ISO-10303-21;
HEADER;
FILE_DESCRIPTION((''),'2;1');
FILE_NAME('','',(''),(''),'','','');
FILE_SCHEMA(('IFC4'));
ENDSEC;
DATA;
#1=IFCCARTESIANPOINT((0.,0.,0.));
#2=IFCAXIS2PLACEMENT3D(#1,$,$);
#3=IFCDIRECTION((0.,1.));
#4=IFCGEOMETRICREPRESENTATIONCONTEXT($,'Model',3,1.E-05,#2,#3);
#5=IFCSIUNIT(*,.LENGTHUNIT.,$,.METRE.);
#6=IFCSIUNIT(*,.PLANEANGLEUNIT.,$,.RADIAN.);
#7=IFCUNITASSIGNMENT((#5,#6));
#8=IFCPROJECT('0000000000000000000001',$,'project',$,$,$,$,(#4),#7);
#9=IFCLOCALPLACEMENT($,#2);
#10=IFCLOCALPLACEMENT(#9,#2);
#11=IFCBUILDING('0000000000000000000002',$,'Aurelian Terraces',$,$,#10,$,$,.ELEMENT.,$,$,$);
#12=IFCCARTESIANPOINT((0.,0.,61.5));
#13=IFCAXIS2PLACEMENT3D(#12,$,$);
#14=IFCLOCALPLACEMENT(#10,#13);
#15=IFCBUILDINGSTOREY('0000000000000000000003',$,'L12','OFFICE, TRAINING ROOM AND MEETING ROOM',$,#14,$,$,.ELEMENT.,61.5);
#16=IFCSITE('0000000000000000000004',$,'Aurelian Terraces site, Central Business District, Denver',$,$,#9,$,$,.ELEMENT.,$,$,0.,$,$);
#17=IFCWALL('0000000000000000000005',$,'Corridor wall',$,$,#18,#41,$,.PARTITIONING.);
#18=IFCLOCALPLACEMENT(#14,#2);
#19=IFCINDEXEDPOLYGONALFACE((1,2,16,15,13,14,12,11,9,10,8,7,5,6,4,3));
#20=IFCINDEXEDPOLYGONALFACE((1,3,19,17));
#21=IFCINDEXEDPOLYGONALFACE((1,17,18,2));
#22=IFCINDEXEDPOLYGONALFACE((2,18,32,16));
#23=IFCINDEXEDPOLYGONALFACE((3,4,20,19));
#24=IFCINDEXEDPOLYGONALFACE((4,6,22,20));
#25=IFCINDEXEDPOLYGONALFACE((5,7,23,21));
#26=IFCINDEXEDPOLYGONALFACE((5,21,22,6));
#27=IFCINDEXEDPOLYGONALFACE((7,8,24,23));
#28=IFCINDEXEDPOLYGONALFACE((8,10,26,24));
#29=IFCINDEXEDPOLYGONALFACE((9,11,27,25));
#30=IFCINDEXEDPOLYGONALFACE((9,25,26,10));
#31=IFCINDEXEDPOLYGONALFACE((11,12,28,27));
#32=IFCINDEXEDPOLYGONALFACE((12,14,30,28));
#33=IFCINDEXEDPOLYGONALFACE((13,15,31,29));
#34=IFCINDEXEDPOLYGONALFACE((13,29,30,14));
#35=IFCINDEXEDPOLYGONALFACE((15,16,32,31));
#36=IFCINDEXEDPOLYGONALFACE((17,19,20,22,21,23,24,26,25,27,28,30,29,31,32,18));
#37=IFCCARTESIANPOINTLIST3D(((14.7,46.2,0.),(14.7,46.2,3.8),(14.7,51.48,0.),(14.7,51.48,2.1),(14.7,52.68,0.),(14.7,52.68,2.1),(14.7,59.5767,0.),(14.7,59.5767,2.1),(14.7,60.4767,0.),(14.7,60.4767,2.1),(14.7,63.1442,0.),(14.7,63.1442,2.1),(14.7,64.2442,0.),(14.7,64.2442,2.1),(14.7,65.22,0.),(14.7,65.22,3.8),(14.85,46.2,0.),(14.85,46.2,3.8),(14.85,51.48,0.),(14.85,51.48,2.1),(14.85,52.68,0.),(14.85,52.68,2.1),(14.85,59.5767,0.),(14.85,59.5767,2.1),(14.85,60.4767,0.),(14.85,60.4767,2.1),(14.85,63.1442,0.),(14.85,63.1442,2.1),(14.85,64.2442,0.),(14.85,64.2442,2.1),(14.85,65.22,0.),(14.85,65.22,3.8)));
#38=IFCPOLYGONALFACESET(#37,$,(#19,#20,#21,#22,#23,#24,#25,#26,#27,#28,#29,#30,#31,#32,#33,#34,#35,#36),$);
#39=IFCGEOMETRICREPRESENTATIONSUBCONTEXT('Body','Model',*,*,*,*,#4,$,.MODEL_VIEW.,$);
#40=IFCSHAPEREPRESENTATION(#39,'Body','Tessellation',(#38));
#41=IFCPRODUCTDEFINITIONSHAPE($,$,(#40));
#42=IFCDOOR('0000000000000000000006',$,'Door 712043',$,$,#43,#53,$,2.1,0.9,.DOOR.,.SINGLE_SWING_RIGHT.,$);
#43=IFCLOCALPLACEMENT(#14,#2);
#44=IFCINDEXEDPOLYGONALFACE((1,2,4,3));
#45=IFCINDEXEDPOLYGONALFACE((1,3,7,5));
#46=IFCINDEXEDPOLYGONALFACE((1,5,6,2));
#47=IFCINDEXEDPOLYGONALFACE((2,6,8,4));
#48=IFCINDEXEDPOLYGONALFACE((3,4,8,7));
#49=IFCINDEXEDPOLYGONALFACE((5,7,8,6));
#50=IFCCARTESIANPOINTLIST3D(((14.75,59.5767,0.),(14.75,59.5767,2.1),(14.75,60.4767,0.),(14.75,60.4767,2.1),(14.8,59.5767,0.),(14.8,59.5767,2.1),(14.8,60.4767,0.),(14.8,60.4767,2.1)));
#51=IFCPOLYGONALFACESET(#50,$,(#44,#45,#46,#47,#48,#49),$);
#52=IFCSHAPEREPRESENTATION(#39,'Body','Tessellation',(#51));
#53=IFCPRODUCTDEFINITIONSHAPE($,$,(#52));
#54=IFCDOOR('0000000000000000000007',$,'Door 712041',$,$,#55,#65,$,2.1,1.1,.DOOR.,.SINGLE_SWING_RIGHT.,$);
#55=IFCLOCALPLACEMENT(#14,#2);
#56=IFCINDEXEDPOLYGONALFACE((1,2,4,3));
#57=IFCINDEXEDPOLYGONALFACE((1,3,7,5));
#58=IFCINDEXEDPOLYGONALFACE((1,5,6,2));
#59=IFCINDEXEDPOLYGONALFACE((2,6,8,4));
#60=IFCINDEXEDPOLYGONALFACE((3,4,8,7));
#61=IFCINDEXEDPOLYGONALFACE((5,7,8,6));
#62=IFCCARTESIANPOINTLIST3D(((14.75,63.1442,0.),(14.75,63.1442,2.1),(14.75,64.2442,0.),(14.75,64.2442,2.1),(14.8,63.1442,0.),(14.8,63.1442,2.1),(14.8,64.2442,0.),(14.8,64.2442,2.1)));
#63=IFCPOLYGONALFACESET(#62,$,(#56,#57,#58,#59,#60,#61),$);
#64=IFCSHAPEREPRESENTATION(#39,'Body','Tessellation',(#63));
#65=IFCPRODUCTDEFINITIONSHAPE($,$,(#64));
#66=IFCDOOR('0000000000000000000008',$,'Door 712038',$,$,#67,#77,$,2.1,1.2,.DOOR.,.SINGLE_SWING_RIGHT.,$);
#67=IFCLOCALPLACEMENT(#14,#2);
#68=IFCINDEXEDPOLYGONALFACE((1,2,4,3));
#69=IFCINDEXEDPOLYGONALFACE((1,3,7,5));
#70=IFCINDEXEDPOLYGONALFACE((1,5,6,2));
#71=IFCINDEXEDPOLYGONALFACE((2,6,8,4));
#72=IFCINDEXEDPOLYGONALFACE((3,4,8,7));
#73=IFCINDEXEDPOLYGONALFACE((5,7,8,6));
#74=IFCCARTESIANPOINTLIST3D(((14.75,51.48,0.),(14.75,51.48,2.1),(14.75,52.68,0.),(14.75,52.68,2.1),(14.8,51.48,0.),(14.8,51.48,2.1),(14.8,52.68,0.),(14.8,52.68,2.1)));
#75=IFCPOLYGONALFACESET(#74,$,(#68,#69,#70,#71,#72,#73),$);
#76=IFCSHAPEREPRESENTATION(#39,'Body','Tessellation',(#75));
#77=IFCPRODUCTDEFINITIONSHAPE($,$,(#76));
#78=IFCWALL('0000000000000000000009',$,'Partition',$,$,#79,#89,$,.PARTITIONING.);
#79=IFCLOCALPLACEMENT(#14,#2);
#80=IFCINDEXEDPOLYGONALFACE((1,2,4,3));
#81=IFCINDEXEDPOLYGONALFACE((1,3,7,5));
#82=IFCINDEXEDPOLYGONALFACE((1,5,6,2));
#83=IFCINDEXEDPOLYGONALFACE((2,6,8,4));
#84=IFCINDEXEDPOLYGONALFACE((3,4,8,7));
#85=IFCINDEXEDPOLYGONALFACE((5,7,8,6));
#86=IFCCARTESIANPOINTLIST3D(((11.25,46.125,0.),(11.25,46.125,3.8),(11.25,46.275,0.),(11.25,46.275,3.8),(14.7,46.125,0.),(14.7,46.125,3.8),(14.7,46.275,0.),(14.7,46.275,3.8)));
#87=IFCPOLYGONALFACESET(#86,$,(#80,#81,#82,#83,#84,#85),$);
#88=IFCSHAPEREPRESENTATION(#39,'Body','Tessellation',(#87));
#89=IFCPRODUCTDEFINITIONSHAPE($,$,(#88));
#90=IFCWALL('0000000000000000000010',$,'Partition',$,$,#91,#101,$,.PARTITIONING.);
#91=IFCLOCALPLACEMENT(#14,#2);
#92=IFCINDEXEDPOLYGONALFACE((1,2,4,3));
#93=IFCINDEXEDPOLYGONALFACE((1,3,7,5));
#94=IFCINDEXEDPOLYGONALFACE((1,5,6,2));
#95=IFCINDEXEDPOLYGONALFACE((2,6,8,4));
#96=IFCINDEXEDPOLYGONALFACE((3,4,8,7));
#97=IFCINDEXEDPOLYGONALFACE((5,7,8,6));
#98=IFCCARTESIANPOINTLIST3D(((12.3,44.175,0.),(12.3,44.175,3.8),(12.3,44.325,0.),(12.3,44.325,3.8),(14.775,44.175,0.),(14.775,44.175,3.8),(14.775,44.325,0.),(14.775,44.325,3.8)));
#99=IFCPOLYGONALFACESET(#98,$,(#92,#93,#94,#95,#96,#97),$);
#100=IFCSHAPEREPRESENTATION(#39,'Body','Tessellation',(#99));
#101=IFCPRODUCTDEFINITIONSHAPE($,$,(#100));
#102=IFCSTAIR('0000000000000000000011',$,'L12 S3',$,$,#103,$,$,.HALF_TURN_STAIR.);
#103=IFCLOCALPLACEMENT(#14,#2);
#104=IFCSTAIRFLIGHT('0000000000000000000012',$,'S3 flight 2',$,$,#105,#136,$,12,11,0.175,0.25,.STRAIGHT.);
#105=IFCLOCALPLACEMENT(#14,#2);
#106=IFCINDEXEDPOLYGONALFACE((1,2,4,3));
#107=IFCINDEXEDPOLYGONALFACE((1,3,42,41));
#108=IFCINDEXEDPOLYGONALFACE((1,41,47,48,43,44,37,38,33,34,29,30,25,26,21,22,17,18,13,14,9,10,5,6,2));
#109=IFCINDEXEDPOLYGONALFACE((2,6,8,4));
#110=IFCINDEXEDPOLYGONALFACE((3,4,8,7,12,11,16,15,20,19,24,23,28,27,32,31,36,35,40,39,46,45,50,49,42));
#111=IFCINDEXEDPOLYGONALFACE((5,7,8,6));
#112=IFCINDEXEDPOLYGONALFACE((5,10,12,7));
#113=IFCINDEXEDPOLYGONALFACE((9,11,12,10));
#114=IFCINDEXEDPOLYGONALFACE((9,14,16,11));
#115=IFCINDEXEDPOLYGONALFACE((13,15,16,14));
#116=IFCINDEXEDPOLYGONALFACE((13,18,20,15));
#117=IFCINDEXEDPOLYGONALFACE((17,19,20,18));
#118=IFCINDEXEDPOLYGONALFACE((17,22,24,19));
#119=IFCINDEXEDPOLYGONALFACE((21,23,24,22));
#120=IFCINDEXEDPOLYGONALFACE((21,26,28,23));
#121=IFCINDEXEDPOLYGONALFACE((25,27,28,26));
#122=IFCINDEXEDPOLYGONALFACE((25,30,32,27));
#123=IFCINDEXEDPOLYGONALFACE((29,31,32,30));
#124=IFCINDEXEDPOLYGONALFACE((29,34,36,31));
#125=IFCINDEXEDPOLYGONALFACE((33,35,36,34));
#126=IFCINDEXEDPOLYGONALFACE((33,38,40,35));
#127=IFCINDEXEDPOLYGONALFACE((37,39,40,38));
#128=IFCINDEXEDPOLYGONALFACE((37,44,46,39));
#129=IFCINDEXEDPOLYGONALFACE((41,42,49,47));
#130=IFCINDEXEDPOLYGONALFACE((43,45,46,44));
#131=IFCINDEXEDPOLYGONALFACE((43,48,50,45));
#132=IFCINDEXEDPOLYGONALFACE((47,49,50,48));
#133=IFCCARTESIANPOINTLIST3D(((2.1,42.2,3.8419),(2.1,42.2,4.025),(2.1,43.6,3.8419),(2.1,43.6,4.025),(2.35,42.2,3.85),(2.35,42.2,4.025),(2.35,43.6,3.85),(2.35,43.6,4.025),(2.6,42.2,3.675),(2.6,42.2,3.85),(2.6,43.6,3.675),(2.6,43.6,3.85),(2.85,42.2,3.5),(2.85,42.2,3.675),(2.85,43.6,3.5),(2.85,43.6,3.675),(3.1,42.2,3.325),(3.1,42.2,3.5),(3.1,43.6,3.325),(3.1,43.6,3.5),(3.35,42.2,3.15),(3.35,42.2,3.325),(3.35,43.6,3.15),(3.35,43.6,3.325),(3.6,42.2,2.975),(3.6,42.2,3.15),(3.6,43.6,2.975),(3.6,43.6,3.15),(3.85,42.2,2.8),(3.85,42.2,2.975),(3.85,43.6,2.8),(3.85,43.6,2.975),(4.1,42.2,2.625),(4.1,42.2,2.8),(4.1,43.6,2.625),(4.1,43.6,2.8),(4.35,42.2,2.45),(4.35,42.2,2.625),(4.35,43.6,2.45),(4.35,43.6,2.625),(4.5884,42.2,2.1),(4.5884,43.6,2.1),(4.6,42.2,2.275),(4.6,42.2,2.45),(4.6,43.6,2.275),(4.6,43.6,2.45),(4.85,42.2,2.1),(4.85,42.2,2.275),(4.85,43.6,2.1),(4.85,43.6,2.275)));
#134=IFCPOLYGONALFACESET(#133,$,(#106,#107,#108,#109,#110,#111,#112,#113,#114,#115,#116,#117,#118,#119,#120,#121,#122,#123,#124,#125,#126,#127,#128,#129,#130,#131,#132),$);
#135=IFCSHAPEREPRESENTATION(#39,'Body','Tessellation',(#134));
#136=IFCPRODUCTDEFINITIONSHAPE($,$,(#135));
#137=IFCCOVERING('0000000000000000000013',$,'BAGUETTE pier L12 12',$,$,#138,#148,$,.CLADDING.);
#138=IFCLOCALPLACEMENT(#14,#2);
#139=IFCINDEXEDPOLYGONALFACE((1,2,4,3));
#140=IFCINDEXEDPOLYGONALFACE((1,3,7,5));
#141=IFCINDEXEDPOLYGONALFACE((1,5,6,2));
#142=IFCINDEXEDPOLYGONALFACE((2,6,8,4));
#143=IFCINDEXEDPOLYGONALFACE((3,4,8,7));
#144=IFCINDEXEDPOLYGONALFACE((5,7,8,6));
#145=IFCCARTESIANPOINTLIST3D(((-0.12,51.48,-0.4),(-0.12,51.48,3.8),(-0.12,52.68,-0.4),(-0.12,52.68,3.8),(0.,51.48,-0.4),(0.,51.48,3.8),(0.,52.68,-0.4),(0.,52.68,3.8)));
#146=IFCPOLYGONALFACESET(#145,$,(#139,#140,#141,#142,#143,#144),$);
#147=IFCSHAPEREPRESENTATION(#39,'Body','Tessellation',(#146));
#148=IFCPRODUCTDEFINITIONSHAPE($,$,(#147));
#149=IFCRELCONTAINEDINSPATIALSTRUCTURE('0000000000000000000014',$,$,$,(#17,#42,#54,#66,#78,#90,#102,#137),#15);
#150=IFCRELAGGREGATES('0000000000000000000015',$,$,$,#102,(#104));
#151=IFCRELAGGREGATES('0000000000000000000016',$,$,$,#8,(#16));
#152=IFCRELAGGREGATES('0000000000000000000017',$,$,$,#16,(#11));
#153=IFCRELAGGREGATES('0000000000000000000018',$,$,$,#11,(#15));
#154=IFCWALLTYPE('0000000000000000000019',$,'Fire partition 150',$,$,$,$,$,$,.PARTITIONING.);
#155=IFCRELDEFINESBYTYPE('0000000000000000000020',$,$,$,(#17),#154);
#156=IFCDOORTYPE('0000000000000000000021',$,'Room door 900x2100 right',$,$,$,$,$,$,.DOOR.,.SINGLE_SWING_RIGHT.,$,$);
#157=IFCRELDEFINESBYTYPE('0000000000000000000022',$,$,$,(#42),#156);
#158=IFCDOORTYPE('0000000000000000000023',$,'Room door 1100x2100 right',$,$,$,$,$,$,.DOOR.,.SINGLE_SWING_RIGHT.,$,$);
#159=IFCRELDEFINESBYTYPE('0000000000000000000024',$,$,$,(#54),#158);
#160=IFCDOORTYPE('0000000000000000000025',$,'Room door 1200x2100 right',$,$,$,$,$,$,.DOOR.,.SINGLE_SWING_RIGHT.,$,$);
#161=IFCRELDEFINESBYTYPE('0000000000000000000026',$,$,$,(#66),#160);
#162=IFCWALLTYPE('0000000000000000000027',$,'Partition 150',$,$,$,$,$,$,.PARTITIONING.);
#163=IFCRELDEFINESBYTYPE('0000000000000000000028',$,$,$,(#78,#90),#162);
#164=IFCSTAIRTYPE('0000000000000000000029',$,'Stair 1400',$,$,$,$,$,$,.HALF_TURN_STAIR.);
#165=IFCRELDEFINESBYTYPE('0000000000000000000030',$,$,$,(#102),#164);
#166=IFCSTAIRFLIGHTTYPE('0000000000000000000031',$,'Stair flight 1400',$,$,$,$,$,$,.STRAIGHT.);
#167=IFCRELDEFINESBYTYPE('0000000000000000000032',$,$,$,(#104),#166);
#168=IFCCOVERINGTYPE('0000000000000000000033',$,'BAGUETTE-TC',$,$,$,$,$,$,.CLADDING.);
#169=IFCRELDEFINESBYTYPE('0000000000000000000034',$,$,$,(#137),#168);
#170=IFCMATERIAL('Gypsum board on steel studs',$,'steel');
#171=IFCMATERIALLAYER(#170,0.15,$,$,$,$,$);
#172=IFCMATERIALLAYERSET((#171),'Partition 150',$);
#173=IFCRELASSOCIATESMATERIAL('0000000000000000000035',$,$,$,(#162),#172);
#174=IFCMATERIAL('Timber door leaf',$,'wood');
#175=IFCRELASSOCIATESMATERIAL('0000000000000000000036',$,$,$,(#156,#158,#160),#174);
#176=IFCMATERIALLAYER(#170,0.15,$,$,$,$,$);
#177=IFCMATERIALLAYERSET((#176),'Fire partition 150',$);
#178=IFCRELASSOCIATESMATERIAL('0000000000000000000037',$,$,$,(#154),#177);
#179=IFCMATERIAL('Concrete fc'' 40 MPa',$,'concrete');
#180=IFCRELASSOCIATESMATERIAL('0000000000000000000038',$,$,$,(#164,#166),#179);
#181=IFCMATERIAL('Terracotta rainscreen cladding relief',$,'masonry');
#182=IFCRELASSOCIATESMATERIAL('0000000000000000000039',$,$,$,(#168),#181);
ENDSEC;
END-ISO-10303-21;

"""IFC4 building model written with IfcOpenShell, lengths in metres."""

from ifc_helpers import new_model, si_unit, direction, frame, frame_2d, origin, origin_2d, place, context, subcontext, project, spatial, polyline, rectangle, outline, extrude, source, transform, mapped, material, layer, layer_set, type_object, element, fill, aggregate, save


model = new_model("IFC4")

# Units and contexts
model_context = context("Model", 3, precision=1e-05, world=origin(), true_north=direction((0.0, 1.0)))
body_context = subcontext(model_context, "Body", "Model", "MODEL_VIEW")
ifc_project = project(units=[si_unit("LENGTHUNIT", "METRE"), si_unit("PLANEANGLEUNIT", "RADIAN")], contexts=[model_context])

# Site, building, storey
site_placement = place(None, origin())
site = spatial("IfcSite", under=ifc_project, at=site_placement, Name="Aurelian Terraces site, Central Business District, Denver", CompositionType="ELEMENT", RefElevation=0.0)
building_placement = place(site_placement, origin())
building = spatial("IfcBuilding", under=site, at=building_placement, Name="Aurelian Terraces", CompositionType="ELEMENT")
storey_placement = place(building_placement, frame((0.0, 0.0, 61.5)))
storey = spatial("IfcBuildingStorey", under=building, at=storey_placement, Name="L12", Description="OFFICE, TRAINING ROOM AND MEETING ROOM", CompositionType="ELEMENT", Elevation=61.5)

# Shared definitions
ifc_material_1 = material(Name="Concrete fc' 40 MPa", Category="concrete")

# Shared definitions
ifc_material_2 = material(Name="Gypsum board on steel studs", Category="steel")
ifc_layer_1 = layer(ifc_material_2, 0.15)
ifc_layer_set_1 = layer_set([ifc_layer_1], Name="Partition 150")
wall_type_1 = type_object("IfcWallType", Name="Partition 150", PredefinedType="PARTITIONING", material=ifc_layer_set_1)

# Shared definitions
shared_shape_1 = source(origin(), body_context, "Body", "SweptSolid", [
    extrude(rectangle(XDim=0.9, YDim=2.1, at=frame_2d((0.45, 1.05))), frame((0.0, 0.085, 0.0), z_axis=(0.0, -1.0, 0.0), x_axis=(1.0, 0.0, 0.0)), (0.0, 0.0, 1.0), 0.17),
])
ifc_material_3 = material(Name="Timber door leaf", Category="wood")
shared_shape_2 = source(origin(), body_context, "Body", "SweptSolid", [
    extrude(rectangle(XDim=0.9, YDim=2.1, at=frame_2d((0.45, 1.05))), frame((0.0, 0.025, 0.0), z_axis=(0.0, -1.0, 0.0), x_axis=(1.0, 0.0, 0.0)), (0.0, 0.0, 1.0), 0.05),
])

# Wall, openings, doors
shared_shape_3 = source(origin(), body_context, "Body", "SweptSolid", [
    extrude(rectangle(XDim=19.02, YDim=0.15, at=frame_2d((9.51, 0.0))), origin(), (0.0, 0.0, 1.0), 3.8),
])
door_type_1 = type_object("IfcDoorType", Name="Room door 900x2100 right", OperationType="SINGLE_SWING_RIGHT", PredefinedType="DOOR", material=ifc_material_3)
ifc_layer_2 = layer(ifc_material_2, 0.15)
ifc_layer_set_2 = layer_set([ifc_layer_2], Name="Fire partition 150")
wall_type_2 = type_object("IfcWallType", Name="Fire partition 150", PredefinedType="PARTITIONING", material=ifc_layer_set_2)
wall_1_placement = place(storey_placement, frame((14.775, 46.2, 0.0), z_axis=(0.0, 0.0, 1.0), x_axis=(0.0, 1.0, 0.0)))
wall_1 = element("IfcWall", 1, at=wall_1_placement, inside=storey, type_object=wall_type_2, Name="Corridor wall", PredefinedType="PARTITIONING", context=body_context, shape_type="MappedRepresentation", body=[
    mapped(shared_shape_3, transform((0.0, 0.0, 0.0), scale=1.0)),
])
shared_shape_4 = source(origin(), body_context, "Body", "SweptSolid", [
    extrude(rectangle(XDim=1.2, YDim=2.1, at=frame_2d((0.6, 1.05))), frame((0.0, 0.085, 0.0), z_axis=(0.0, -1.0, 0.0), x_axis=(1.0, 0.0, 0.0)), (0.0, 0.0, 1.0), 0.17),
])
opening_1_placement = place(wall_1_placement, frame((5.28, 0.0, 0.0)))
opening_1 = element("IfcOpeningElement", 2, at=opening_1_placement, cuts=wall_1, PredefinedType="OPENING", context=body_context, shape_type="MappedRepresentation", body=[
    mapped(shared_shape_4, transform((0.0, 0.0, 0.0), scale=1.0)),
])
shared_shape_5 = source(origin(), body_context, "Body", "SweptSolid", [
    extrude(rectangle(XDim=1.1, YDim=2.1, at=frame_2d((0.55, 1.05))), frame((0.0, 0.085, 0.0), z_axis=(0.0, -1.0, 0.0), x_axis=(1.0, 0.0, 0.0)), (0.0, 0.0, 1.0), 0.17),
])
opening_2_placement = place(wall_1_placement, frame((16.9442, 0.0, 0.0)))
opening_2 = element("IfcOpeningElement", 3, at=opening_2_placement, cuts=wall_1, PredefinedType="OPENING", context=body_context, shape_type="MappedRepresentation", body=[
    mapped(shared_shape_5, transform((0.0, 0.0, 0.0), scale=1.0)),
])
opening_3_placement = place(wall_1_placement, frame((13.3767, 0.0, 0.0)))
opening_3 = element("IfcOpeningElement", 4, at=opening_3_placement, cuts=wall_1, PredefinedType="OPENING", context=body_context, shape_type="MappedRepresentation", body=[
    mapped(shared_shape_1, transform((0.0, 0.0, 0.0), scale=1.0)),
])
door_1_placement = place(opening_3_placement, origin())
door_1 = element("IfcDoor", 5, at=door_1_placement, inside=storey, type_object=door_type_1, Name="Door 712043", OperationType="SINGLE_SWING_RIGHT", OverallHeight=2.1, OverallWidth=0.9, PredefinedType="DOOR", context=body_context, shape_type="MappedRepresentation", body=[
    mapped(shared_shape_2, transform((0.0, 0.0, 0.0), scale=1.0)),
])
fill(opening_3, door_1)
door_type_2 = type_object("IfcDoorType", Name="Room door 1100x2100 right", OperationType="SINGLE_SWING_RIGHT", PredefinedType="DOOR", material=ifc_material_3)
shared_shape_6 = source(origin(), body_context, "Body", "SweptSolid", [
    extrude(rectangle(XDim=1.1, YDim=2.1, at=frame_2d((0.55, 1.05))), frame((0.0, 0.025, 0.0), z_axis=(0.0, -1.0, 0.0), x_axis=(1.0, 0.0, 0.0)), (0.0, 0.0, 1.0), 0.05),
])
door_2_placement = place(opening_2_placement, origin())
door_2 = element("IfcDoor", 6, at=door_2_placement, inside=storey, type_object=door_type_2, Name="Door 712041", OperationType="SINGLE_SWING_RIGHT", OverallHeight=2.1, OverallWidth=1.1, PredefinedType="DOOR", context=body_context, shape_type="MappedRepresentation", body=[
    mapped(shared_shape_6, transform((0.0, 0.0, 0.0), scale=1.0)),
])
fill(opening_2, door_2)
door_type_3 = type_object("IfcDoorType", Name="Room door 1200x2100 right", OperationType="SINGLE_SWING_RIGHT", PredefinedType="DOOR", material=ifc_material_3)
shared_shape_7 = source(origin(), body_context, "Body", "SweptSolid", [
    extrude(rectangle(XDim=1.2, YDim=2.1, at=frame_2d((0.6, 1.05))), frame((0.0, 0.025, 0.0), z_axis=(0.0, -1.0, 0.0), x_axis=(1.0, 0.0, 0.0)), (0.0, 0.0, 1.0), 0.05),
])
door_3_placement = place(opening_1_placement, origin())
door_3 = element("IfcDoor", 7, at=door_3_placement, inside=storey, type_object=door_type_3, Name="Door 712038", OperationType="SINGLE_SWING_RIGHT", OverallHeight=2.1, OverallWidth=1.2, PredefinedType="DOOR", context=body_context, shape_type="MappedRepresentation", body=[
    mapped(shared_shape_7, transform((0.0, 0.0, 0.0), scale=1.0)),
])
fill(opening_1, door_3)

# Walls
shared_shape_8 = source(origin(), body_context, "Body", "SweptSolid", [
    extrude(rectangle(XDim=3.45, YDim=0.15, at=frame_2d((1.725, 0.0))), origin(), (0.0, 0.0, 1.0), 3.8),
])
wall_2_placement = place(storey_placement, frame((14.7, 46.2, 0.0), z_axis=(0.0, 0.0, 1.0), x_axis=(-1.0, 0.0, 0.0)))
element("IfcWall", 8, at=wall_2_placement, inside=storey, type_object=wall_type_1, Name="Partition", PredefinedType="PARTITIONING", context=body_context, shape_type="MappedRepresentation", body=[
    mapped(shared_shape_8, transform((0.0, 0.0, 0.0), scale=1.0)),
])
shared_shape_9 = source(origin(), body_context, "Body", "SweptSolid", [
    extrude(rectangle(XDim=2.475, YDim=0.15, at=frame_2d((1.2375, 0.0))), origin(), (0.0, 0.0, 1.0), 3.8),
])
wall_3_placement = place(storey_placement, frame((14.775, 44.25, 0.0), z_axis=(0.0, 0.0, 1.0), x_axis=(-1.0, 0.0, 0.0)))
element("IfcWall", 9, at=wall_3_placement, inside=storey, type_object=wall_type_1, Name="Partition", PredefinedType="PARTITIONING", context=body_context, shape_type="MappedRepresentation", body=[
    mapped(shared_shape_9, transform((0.0, 0.0, 0.0), scale=1.0)),
])

# Stair, stair flight
stair_type = type_object("IfcStairType", Name="Stair 1400", PredefinedType="HALF_TURN_STAIR", material=ifc_material_1)
stair_placement = place(storey_placement, origin())
stair = element("IfcStair", 10, at=stair_placement, inside=storey, type_object=stair_type, Name="L12 S3", PredefinedType="HALF_TURN_STAIR")
stair_flight_type = type_object("IfcStairFlightType", Name="Stair flight 1400", PredefinedType="STRAIGHT", material=ifc_material_1)
shared_shape_10 = source(origin(), body_context, "Body", "SweptSolid", [
    extrude(outline(polyline([(0.0, 0.0), (0.0, 0.175), (0.25, 0.175), (0.25, 0.35), (0.5, 0.35), (0.5, 0.525), (0.75, 0.525), (0.75, 0.7), (1.0, 0.7), (1.0, 0.875), (1.25, 0.875), (1.25, 1.05), (1.5, 1.05), (1.5, 1.225), (1.75, 1.225), (1.75, 1.4), (2.0, 1.4), (2.0, 1.575), (2.25, 1.575), (2.25, 1.75), (2.5, 1.75), (2.5, 1.925), (2.75, 1.925), (2.75, 2.1), (2.75, 1.7419), (0.2616, 0.0), (0.0, 0.0)])), frame((0.0, 0.7, 0.0), z_axis=(0.0, -1.0, 0.0), x_axis=(1.0, 0.0, 0.0)), (0.0, 0.0, 1.0), 1.4),
])
stair_flight_placement = place(storey_placement, frame((4.85, 42.9, 2.1), z_axis=(0.0, 0.0, 1.0), x_axis=(-1.0, 0.0, 0.0)))
stair_flight = element("IfcStairFlight", 11, at=stair_flight_placement, type_object=stair_flight_type, Name="S3 flight 2", NumberOfRisers=12, NumberOfTreads=11, PredefinedType="STRAIGHT", RiserHeight=0.175, TreadLength=0.25, context=body_context, shape_type="MappedRepresentation", body=[
    mapped(shared_shape_10, transform((0.0, 0.0, 0.0), scale=1.0)),
])
aggregate(stair, [stair_flight])

# Covering
ifc_material_4 = material(Name="Terracotta rainscreen cladding relief", Category="masonry")
covering_type = type_object("IfcCoveringType", Name="BAGUETTE-TC", PredefinedType="CLADDING", material=ifc_material_4)
shared_shape_11 = source(origin(), body_context, "Body", "SweptSolid", [
    extrude(rectangle(XDim=0.12, YDim=1.2, at=origin_2d()), origin(), (0.0, 0.0, 1.0), 4.2),
])
covering_placement = place(storey_placement, frame((-0.06, 52.08, -0.4), z_axis=(0.0, 0.0, 1.0), x_axis=(1.0, 0.0, 0.0)))
element("IfcCovering", 12, at=covering_placement, inside=storey, type_object=covering_type, Name="BAGUETTE pier L12 12", PredefinedType="CLADDING", context=body_context, shape_type="MappedRepresentation", body=[
    mapped(shared_shape_11, transform((0.0, 0.0, 0.0), scale=1.0)),
])

save(model, "model.ifc")
